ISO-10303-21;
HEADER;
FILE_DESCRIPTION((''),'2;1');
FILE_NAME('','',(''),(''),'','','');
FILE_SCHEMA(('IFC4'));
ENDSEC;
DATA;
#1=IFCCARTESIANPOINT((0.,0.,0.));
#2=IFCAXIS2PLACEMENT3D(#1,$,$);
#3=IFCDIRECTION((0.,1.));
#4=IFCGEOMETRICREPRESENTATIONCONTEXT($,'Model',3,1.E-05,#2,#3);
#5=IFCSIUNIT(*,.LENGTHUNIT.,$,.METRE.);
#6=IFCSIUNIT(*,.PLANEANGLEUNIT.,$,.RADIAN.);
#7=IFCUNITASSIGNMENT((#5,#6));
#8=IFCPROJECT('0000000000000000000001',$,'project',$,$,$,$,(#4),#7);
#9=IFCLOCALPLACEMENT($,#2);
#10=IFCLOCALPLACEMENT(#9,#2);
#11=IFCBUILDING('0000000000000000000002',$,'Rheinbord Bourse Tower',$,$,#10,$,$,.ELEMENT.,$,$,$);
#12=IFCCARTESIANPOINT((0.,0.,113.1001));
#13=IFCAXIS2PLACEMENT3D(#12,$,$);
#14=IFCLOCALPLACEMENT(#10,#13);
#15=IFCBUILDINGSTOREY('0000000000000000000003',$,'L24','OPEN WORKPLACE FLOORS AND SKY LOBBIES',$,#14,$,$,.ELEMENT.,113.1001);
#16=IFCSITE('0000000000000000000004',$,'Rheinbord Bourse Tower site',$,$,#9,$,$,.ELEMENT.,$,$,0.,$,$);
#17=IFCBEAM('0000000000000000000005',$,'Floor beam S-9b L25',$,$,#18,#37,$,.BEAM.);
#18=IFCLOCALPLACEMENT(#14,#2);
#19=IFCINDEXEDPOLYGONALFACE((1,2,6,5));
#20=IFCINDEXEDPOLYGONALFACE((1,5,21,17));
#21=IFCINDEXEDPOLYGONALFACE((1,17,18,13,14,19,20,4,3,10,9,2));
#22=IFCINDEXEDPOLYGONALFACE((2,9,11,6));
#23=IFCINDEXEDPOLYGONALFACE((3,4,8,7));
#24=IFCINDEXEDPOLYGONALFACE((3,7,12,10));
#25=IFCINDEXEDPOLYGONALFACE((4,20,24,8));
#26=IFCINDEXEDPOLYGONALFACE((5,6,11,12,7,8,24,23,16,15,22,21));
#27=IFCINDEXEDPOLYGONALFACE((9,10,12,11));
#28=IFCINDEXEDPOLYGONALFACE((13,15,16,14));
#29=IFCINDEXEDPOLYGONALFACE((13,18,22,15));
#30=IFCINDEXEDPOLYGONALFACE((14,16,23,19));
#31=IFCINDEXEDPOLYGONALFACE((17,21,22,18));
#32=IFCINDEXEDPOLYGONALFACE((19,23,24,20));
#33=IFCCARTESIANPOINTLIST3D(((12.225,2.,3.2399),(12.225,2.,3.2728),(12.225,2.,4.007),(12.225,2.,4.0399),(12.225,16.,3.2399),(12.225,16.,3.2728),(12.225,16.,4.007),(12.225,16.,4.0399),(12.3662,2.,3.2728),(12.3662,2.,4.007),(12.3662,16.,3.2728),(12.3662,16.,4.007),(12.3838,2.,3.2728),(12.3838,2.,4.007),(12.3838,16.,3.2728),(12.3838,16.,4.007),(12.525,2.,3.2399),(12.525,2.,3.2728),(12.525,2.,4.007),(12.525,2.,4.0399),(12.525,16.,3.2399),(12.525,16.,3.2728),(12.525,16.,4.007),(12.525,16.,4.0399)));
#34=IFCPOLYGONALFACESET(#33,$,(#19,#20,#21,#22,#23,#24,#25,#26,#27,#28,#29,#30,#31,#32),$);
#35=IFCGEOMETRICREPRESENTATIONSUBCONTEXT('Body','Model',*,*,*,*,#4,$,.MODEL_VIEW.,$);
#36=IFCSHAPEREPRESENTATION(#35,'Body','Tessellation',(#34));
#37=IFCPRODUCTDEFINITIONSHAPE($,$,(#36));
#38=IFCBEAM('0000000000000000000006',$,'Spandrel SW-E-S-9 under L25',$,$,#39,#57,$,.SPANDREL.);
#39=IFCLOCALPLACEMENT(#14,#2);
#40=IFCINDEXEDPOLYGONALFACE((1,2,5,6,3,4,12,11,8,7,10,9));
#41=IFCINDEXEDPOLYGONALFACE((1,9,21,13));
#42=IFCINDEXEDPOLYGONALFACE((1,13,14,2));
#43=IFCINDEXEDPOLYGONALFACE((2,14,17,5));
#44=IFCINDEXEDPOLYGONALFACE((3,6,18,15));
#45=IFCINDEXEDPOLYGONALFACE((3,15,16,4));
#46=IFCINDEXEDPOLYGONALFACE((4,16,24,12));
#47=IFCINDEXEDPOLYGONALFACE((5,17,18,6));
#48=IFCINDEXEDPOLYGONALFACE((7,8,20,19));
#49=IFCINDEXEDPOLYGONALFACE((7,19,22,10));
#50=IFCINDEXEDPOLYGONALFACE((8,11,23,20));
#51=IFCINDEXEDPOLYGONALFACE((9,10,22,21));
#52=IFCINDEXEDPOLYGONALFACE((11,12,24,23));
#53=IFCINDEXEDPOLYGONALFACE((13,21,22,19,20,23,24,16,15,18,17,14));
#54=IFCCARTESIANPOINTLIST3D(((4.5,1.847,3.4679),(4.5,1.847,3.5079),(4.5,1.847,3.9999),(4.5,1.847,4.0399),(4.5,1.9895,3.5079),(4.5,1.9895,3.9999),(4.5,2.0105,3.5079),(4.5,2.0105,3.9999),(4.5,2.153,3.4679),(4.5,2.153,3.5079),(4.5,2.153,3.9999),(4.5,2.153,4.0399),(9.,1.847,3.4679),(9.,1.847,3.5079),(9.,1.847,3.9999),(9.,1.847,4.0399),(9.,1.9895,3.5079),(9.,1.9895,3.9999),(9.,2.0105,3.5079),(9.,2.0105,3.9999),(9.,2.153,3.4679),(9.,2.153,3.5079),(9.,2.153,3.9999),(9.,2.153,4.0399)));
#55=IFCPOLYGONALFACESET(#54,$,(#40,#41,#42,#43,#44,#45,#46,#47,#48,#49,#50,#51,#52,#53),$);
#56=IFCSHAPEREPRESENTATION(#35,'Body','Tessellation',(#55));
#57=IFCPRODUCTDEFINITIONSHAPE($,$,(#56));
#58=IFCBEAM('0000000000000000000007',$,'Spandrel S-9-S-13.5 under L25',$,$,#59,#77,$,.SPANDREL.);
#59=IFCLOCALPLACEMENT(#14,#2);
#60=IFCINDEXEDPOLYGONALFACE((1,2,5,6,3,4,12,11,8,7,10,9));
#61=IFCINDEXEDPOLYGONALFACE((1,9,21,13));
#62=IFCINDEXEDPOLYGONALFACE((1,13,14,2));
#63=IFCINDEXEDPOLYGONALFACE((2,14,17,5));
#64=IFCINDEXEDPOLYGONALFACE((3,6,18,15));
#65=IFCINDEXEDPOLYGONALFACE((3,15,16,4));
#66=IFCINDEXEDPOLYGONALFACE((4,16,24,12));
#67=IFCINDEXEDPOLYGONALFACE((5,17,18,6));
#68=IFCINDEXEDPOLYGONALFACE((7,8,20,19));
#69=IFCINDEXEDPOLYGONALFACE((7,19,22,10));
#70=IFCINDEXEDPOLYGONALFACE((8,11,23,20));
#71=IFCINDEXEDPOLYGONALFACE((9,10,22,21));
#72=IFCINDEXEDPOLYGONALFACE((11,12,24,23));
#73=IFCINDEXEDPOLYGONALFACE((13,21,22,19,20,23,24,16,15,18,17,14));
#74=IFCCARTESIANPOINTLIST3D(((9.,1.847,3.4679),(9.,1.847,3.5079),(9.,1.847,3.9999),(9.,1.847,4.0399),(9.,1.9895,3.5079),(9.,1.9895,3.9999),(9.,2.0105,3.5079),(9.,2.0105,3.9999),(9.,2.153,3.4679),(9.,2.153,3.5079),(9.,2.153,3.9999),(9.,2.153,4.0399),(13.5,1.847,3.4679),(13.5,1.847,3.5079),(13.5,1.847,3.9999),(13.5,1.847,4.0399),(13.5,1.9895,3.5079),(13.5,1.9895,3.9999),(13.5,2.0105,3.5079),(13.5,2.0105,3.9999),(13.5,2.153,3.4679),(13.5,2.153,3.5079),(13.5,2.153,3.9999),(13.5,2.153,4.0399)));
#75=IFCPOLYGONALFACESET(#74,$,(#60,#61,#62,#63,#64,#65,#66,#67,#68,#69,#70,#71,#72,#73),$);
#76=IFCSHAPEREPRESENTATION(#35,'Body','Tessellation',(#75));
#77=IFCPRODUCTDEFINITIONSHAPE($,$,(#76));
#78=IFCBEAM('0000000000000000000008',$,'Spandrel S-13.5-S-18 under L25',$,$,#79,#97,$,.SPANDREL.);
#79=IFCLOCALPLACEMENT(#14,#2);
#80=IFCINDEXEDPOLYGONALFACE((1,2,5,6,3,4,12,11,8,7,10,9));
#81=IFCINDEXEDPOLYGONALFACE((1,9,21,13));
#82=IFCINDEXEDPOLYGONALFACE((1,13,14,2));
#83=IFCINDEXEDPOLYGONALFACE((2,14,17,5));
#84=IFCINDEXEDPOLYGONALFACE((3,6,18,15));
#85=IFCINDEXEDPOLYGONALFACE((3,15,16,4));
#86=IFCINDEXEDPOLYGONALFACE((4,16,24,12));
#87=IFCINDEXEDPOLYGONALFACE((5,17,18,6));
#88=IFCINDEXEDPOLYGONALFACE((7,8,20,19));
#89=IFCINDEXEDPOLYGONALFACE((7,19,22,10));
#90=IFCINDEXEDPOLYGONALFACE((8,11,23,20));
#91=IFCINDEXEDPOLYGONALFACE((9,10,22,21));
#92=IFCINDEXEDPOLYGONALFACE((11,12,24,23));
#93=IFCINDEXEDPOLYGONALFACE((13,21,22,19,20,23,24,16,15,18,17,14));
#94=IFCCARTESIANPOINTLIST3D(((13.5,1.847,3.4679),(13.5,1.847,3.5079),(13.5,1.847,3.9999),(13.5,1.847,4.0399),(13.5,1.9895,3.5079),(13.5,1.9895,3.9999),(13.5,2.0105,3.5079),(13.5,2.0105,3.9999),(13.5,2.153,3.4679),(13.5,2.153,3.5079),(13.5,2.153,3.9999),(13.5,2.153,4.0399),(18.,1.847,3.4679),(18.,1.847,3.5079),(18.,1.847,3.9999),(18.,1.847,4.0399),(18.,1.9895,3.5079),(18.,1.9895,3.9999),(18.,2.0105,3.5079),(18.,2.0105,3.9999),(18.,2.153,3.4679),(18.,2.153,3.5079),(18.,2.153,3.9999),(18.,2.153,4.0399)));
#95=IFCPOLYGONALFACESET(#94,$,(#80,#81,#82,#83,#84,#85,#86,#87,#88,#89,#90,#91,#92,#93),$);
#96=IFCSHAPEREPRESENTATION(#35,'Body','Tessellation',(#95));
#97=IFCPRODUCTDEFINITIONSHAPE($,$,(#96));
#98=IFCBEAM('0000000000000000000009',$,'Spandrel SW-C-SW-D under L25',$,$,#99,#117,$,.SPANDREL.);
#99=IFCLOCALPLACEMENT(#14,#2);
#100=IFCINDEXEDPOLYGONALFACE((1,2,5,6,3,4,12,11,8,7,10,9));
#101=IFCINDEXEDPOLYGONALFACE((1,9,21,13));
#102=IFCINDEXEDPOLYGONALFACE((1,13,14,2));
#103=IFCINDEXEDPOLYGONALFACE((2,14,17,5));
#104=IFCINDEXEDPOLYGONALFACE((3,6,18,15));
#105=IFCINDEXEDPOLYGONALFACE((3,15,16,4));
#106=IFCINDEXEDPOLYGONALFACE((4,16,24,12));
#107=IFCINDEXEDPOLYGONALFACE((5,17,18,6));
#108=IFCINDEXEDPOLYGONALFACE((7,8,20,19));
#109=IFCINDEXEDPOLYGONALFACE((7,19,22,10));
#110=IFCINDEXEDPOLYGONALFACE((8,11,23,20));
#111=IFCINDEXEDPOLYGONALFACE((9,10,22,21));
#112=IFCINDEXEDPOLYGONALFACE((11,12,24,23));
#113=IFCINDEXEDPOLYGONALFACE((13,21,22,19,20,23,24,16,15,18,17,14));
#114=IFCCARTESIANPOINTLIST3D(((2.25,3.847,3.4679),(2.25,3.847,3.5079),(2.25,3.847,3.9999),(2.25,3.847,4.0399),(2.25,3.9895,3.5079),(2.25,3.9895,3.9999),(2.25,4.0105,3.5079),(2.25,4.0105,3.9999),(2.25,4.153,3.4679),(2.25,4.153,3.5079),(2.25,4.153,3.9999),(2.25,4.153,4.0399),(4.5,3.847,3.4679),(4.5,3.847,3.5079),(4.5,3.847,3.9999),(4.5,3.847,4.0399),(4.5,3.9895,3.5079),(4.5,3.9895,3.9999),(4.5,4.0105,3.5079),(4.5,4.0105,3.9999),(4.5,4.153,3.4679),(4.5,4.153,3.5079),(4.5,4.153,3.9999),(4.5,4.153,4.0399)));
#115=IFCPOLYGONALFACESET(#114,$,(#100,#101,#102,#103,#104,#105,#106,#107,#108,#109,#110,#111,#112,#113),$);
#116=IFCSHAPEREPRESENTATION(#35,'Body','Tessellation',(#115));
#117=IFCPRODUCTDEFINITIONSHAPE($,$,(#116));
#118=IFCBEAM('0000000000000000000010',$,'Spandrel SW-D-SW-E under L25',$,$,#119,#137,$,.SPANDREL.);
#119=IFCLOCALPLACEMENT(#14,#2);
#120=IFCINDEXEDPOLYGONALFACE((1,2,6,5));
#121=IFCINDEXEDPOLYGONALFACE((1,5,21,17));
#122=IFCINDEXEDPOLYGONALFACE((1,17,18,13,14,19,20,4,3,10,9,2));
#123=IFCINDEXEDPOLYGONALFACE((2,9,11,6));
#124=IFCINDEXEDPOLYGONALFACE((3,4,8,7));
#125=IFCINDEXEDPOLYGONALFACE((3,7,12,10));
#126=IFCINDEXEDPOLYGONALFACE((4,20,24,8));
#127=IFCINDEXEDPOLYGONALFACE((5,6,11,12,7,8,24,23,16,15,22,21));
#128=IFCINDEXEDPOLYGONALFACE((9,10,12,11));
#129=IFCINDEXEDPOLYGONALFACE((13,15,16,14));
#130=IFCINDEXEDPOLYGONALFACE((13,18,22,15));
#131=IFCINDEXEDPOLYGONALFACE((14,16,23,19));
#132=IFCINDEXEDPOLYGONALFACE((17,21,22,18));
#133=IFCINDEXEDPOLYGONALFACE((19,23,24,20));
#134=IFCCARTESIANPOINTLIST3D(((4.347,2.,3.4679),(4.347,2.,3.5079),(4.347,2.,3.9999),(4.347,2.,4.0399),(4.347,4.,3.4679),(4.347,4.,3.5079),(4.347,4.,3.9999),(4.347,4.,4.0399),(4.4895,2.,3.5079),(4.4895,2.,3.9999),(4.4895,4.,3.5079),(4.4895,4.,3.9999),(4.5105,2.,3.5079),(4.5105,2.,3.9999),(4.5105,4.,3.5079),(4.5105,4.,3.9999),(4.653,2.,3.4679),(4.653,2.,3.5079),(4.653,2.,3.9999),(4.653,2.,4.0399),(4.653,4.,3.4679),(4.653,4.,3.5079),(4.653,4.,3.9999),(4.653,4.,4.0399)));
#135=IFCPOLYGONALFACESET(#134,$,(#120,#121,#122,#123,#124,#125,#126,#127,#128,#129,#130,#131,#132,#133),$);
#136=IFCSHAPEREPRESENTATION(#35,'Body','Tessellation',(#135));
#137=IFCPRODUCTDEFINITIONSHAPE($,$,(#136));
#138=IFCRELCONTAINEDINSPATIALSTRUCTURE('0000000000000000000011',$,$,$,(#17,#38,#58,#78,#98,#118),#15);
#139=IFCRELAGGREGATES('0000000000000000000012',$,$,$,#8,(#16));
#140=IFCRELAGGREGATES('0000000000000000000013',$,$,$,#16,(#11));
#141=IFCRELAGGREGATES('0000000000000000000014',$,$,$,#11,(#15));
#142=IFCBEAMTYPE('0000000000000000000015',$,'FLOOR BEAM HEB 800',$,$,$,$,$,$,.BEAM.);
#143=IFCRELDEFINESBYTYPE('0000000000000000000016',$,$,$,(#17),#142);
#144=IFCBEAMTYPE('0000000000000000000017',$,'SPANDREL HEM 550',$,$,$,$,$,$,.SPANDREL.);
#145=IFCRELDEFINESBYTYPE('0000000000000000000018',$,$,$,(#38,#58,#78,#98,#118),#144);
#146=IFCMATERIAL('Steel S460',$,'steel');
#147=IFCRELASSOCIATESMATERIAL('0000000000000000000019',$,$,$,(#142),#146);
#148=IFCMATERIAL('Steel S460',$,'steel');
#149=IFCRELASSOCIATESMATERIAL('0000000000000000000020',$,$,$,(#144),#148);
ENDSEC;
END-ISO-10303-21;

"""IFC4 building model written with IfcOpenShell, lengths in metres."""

from ifc_helpers import new_model, si_unit, direction, frame, origin, origin_2d, place, context, subcontext, project, spatial, i_section, extrude, material, material_profile, profile_set, type_object, element, save


model = new_model("IFC4")

# Units and contexts
model_context = context("Model", 3, precision=1e-05, world=origin(), true_north=direction((0.0, 1.0)))
body_context = subcontext(model_context, "Body", "Model", "MODEL_VIEW")
ifc_project = project(units=[si_unit("LENGTHUNIT", "METRE"), si_unit("PLANEANGLEUNIT", "RADIAN")], contexts=[model_context])

# Site, building, storey
site_placement = place(None, origin())
site = spatial("IfcSite", under=ifc_project, at=site_placement, Name="Rheinbord Bourse Tower site", CompositionType="ELEMENT", RefElevation=0.0)
building_placement = place(site_placement, origin())
building = spatial("IfcBuilding", under=site, at=building_placement, Name="Rheinbord Bourse Tower", CompositionType="ELEMENT")
storey_placement = place(building_placement, frame((0.0, 0.0, 113.1001)))
storey = spatial("IfcBuildingStorey", under=building, at=storey_placement, Name="L24", Description="OPEN WORKPLACE FLOORS AND SKY LOBBIES", CompositionType="ELEMENT", Elevation=113.1001)

# Beams
ifc_material_1 = material(Name="Steel S460", Category="steel")
ifc_material_profile_1 = material_profile(ifc_material_1, i_section(OverallWidth=0.3, OverallDepth=0.8, WebThickness=0.0176, FlangeThickness=0.033, at=origin_2d()), Name="HEB 800")
ifc_profile_set_1 = profile_set([ifc_material_profile_1], Name="Steel S460")
beam_type_1 = type_object("IfcBeamType", Name="FLOOR BEAM HEB 800", PredefinedType="BEAM", material=ifc_profile_set_1)
for number, where, z_axis, x_axis, name in (
    (1, (12.375, 2.0, 3.6399), (0.0, 1.0, 0.0), (-1.0, 0.0, 0.0), "Floor beam S-9b L25"),
):
    element("IfcBeam", number, at=place(storey_placement, frame(where, z_axis=z_axis, x_axis=x_axis)), inside=storey, type_object=beam_type_1, Name=name, PredefinedType="BEAM", context=body_context, shape_type="SweptSolid", body=[
        extrude(i_section(OverallWidth=0.3, OverallDepth=0.8, WebThickness=0.0176, FlangeThickness=0.033, at=origin_2d()), origin(), (0.0, 0.0, 1.0), 14.0),
    ])
ifc_material_2 = material(Name="Steel S460", Category="steel")
ifc_material_profile_2 = material_profile(ifc_material_2, i_section(OverallWidth=0.3059, OverallDepth=0.572, WebThickness=0.021, FlangeThickness=0.04, at=origin_2d()), Name="HEM 550")
ifc_profile_set_2 = profile_set([ifc_material_profile_2], Name="Steel S460")
beam_type_2 = type_object("IfcBeamType", Name="SPANDREL HEM 550", PredefinedType="SPANDREL", material=ifc_profile_set_2)
for number, where, z_axis, x_axis, name in (
    (2, (4.5, 2.0, 3.7539), (1.0, 0.0, 0.0), (0.0, 1.0, 0.0), "Spandrel SW-E-S-9 under L25"),
    (3, (9.0, 2.0, 3.7539), (1.0, 0.0, 0.0), (0.0, 1.0, 0.0), "Spandrel S-9-S-13.5 under L25"),
    (4, (13.5, 2.0, 3.7539), (1.0, 0.0, 0.0), (0.0, 1.0, 0.0), "Spandrel S-13.5-S-18 under L25"),
):
    element("IfcBeam", number, at=place(storey_placement, frame(where, z_axis=z_axis, x_axis=x_axis)), inside=storey, type_object=beam_type_2, Name=name, PredefinedType="SPANDREL", context=body_context, shape_type="SweptSolid", body=[
        extrude(i_section(OverallWidth=0.3059, OverallDepth=0.572, WebThickness=0.021, FlangeThickness=0.04, at=origin_2d()), origin(), (0.0, 0.0, 1.0), 4.5),
    ])
beam_1_placement = place(storey_placement, frame((2.25, 4.0, 3.7539), z_axis=(1.0, 0.0, 0.0), x_axis=(0.0, 1.0, 0.0)))
element("IfcBeam", 5, at=beam_1_placement, inside=storey, type_object=beam_type_2, Name="Spandrel SW-C-SW-D under L25", PredefinedType="SPANDREL", context=body_context, shape_type="SweptSolid", body=[
    extrude(i_section(OverallWidth=0.3059, OverallDepth=0.572, WebThickness=0.021, FlangeThickness=0.04, at=origin_2d()), origin(), (0.0, 0.0, 1.0), 2.25),
])
beam_2_placement = place(storey_placement, frame((4.5, 4.0, 3.7539), z_axis=(0.0, -1.0, 0.0), x_axis=(1.0, 0.0, 0.0)))
element("IfcBeam", 6, at=beam_2_placement, inside=storey, type_object=beam_type_2, Name="Spandrel SW-D-SW-E under L25", PredefinedType="SPANDREL", context=body_context, shape_type="SweptSolid", body=[
    extrude(i_section(OverallWidth=0.3059, OverallDepth=0.572, WebThickness=0.021, FlangeThickness=0.04, at=origin_2d()), origin(), (0.0, 0.0, 1.0), 2.0),
])

save(model, "model.ifc")
